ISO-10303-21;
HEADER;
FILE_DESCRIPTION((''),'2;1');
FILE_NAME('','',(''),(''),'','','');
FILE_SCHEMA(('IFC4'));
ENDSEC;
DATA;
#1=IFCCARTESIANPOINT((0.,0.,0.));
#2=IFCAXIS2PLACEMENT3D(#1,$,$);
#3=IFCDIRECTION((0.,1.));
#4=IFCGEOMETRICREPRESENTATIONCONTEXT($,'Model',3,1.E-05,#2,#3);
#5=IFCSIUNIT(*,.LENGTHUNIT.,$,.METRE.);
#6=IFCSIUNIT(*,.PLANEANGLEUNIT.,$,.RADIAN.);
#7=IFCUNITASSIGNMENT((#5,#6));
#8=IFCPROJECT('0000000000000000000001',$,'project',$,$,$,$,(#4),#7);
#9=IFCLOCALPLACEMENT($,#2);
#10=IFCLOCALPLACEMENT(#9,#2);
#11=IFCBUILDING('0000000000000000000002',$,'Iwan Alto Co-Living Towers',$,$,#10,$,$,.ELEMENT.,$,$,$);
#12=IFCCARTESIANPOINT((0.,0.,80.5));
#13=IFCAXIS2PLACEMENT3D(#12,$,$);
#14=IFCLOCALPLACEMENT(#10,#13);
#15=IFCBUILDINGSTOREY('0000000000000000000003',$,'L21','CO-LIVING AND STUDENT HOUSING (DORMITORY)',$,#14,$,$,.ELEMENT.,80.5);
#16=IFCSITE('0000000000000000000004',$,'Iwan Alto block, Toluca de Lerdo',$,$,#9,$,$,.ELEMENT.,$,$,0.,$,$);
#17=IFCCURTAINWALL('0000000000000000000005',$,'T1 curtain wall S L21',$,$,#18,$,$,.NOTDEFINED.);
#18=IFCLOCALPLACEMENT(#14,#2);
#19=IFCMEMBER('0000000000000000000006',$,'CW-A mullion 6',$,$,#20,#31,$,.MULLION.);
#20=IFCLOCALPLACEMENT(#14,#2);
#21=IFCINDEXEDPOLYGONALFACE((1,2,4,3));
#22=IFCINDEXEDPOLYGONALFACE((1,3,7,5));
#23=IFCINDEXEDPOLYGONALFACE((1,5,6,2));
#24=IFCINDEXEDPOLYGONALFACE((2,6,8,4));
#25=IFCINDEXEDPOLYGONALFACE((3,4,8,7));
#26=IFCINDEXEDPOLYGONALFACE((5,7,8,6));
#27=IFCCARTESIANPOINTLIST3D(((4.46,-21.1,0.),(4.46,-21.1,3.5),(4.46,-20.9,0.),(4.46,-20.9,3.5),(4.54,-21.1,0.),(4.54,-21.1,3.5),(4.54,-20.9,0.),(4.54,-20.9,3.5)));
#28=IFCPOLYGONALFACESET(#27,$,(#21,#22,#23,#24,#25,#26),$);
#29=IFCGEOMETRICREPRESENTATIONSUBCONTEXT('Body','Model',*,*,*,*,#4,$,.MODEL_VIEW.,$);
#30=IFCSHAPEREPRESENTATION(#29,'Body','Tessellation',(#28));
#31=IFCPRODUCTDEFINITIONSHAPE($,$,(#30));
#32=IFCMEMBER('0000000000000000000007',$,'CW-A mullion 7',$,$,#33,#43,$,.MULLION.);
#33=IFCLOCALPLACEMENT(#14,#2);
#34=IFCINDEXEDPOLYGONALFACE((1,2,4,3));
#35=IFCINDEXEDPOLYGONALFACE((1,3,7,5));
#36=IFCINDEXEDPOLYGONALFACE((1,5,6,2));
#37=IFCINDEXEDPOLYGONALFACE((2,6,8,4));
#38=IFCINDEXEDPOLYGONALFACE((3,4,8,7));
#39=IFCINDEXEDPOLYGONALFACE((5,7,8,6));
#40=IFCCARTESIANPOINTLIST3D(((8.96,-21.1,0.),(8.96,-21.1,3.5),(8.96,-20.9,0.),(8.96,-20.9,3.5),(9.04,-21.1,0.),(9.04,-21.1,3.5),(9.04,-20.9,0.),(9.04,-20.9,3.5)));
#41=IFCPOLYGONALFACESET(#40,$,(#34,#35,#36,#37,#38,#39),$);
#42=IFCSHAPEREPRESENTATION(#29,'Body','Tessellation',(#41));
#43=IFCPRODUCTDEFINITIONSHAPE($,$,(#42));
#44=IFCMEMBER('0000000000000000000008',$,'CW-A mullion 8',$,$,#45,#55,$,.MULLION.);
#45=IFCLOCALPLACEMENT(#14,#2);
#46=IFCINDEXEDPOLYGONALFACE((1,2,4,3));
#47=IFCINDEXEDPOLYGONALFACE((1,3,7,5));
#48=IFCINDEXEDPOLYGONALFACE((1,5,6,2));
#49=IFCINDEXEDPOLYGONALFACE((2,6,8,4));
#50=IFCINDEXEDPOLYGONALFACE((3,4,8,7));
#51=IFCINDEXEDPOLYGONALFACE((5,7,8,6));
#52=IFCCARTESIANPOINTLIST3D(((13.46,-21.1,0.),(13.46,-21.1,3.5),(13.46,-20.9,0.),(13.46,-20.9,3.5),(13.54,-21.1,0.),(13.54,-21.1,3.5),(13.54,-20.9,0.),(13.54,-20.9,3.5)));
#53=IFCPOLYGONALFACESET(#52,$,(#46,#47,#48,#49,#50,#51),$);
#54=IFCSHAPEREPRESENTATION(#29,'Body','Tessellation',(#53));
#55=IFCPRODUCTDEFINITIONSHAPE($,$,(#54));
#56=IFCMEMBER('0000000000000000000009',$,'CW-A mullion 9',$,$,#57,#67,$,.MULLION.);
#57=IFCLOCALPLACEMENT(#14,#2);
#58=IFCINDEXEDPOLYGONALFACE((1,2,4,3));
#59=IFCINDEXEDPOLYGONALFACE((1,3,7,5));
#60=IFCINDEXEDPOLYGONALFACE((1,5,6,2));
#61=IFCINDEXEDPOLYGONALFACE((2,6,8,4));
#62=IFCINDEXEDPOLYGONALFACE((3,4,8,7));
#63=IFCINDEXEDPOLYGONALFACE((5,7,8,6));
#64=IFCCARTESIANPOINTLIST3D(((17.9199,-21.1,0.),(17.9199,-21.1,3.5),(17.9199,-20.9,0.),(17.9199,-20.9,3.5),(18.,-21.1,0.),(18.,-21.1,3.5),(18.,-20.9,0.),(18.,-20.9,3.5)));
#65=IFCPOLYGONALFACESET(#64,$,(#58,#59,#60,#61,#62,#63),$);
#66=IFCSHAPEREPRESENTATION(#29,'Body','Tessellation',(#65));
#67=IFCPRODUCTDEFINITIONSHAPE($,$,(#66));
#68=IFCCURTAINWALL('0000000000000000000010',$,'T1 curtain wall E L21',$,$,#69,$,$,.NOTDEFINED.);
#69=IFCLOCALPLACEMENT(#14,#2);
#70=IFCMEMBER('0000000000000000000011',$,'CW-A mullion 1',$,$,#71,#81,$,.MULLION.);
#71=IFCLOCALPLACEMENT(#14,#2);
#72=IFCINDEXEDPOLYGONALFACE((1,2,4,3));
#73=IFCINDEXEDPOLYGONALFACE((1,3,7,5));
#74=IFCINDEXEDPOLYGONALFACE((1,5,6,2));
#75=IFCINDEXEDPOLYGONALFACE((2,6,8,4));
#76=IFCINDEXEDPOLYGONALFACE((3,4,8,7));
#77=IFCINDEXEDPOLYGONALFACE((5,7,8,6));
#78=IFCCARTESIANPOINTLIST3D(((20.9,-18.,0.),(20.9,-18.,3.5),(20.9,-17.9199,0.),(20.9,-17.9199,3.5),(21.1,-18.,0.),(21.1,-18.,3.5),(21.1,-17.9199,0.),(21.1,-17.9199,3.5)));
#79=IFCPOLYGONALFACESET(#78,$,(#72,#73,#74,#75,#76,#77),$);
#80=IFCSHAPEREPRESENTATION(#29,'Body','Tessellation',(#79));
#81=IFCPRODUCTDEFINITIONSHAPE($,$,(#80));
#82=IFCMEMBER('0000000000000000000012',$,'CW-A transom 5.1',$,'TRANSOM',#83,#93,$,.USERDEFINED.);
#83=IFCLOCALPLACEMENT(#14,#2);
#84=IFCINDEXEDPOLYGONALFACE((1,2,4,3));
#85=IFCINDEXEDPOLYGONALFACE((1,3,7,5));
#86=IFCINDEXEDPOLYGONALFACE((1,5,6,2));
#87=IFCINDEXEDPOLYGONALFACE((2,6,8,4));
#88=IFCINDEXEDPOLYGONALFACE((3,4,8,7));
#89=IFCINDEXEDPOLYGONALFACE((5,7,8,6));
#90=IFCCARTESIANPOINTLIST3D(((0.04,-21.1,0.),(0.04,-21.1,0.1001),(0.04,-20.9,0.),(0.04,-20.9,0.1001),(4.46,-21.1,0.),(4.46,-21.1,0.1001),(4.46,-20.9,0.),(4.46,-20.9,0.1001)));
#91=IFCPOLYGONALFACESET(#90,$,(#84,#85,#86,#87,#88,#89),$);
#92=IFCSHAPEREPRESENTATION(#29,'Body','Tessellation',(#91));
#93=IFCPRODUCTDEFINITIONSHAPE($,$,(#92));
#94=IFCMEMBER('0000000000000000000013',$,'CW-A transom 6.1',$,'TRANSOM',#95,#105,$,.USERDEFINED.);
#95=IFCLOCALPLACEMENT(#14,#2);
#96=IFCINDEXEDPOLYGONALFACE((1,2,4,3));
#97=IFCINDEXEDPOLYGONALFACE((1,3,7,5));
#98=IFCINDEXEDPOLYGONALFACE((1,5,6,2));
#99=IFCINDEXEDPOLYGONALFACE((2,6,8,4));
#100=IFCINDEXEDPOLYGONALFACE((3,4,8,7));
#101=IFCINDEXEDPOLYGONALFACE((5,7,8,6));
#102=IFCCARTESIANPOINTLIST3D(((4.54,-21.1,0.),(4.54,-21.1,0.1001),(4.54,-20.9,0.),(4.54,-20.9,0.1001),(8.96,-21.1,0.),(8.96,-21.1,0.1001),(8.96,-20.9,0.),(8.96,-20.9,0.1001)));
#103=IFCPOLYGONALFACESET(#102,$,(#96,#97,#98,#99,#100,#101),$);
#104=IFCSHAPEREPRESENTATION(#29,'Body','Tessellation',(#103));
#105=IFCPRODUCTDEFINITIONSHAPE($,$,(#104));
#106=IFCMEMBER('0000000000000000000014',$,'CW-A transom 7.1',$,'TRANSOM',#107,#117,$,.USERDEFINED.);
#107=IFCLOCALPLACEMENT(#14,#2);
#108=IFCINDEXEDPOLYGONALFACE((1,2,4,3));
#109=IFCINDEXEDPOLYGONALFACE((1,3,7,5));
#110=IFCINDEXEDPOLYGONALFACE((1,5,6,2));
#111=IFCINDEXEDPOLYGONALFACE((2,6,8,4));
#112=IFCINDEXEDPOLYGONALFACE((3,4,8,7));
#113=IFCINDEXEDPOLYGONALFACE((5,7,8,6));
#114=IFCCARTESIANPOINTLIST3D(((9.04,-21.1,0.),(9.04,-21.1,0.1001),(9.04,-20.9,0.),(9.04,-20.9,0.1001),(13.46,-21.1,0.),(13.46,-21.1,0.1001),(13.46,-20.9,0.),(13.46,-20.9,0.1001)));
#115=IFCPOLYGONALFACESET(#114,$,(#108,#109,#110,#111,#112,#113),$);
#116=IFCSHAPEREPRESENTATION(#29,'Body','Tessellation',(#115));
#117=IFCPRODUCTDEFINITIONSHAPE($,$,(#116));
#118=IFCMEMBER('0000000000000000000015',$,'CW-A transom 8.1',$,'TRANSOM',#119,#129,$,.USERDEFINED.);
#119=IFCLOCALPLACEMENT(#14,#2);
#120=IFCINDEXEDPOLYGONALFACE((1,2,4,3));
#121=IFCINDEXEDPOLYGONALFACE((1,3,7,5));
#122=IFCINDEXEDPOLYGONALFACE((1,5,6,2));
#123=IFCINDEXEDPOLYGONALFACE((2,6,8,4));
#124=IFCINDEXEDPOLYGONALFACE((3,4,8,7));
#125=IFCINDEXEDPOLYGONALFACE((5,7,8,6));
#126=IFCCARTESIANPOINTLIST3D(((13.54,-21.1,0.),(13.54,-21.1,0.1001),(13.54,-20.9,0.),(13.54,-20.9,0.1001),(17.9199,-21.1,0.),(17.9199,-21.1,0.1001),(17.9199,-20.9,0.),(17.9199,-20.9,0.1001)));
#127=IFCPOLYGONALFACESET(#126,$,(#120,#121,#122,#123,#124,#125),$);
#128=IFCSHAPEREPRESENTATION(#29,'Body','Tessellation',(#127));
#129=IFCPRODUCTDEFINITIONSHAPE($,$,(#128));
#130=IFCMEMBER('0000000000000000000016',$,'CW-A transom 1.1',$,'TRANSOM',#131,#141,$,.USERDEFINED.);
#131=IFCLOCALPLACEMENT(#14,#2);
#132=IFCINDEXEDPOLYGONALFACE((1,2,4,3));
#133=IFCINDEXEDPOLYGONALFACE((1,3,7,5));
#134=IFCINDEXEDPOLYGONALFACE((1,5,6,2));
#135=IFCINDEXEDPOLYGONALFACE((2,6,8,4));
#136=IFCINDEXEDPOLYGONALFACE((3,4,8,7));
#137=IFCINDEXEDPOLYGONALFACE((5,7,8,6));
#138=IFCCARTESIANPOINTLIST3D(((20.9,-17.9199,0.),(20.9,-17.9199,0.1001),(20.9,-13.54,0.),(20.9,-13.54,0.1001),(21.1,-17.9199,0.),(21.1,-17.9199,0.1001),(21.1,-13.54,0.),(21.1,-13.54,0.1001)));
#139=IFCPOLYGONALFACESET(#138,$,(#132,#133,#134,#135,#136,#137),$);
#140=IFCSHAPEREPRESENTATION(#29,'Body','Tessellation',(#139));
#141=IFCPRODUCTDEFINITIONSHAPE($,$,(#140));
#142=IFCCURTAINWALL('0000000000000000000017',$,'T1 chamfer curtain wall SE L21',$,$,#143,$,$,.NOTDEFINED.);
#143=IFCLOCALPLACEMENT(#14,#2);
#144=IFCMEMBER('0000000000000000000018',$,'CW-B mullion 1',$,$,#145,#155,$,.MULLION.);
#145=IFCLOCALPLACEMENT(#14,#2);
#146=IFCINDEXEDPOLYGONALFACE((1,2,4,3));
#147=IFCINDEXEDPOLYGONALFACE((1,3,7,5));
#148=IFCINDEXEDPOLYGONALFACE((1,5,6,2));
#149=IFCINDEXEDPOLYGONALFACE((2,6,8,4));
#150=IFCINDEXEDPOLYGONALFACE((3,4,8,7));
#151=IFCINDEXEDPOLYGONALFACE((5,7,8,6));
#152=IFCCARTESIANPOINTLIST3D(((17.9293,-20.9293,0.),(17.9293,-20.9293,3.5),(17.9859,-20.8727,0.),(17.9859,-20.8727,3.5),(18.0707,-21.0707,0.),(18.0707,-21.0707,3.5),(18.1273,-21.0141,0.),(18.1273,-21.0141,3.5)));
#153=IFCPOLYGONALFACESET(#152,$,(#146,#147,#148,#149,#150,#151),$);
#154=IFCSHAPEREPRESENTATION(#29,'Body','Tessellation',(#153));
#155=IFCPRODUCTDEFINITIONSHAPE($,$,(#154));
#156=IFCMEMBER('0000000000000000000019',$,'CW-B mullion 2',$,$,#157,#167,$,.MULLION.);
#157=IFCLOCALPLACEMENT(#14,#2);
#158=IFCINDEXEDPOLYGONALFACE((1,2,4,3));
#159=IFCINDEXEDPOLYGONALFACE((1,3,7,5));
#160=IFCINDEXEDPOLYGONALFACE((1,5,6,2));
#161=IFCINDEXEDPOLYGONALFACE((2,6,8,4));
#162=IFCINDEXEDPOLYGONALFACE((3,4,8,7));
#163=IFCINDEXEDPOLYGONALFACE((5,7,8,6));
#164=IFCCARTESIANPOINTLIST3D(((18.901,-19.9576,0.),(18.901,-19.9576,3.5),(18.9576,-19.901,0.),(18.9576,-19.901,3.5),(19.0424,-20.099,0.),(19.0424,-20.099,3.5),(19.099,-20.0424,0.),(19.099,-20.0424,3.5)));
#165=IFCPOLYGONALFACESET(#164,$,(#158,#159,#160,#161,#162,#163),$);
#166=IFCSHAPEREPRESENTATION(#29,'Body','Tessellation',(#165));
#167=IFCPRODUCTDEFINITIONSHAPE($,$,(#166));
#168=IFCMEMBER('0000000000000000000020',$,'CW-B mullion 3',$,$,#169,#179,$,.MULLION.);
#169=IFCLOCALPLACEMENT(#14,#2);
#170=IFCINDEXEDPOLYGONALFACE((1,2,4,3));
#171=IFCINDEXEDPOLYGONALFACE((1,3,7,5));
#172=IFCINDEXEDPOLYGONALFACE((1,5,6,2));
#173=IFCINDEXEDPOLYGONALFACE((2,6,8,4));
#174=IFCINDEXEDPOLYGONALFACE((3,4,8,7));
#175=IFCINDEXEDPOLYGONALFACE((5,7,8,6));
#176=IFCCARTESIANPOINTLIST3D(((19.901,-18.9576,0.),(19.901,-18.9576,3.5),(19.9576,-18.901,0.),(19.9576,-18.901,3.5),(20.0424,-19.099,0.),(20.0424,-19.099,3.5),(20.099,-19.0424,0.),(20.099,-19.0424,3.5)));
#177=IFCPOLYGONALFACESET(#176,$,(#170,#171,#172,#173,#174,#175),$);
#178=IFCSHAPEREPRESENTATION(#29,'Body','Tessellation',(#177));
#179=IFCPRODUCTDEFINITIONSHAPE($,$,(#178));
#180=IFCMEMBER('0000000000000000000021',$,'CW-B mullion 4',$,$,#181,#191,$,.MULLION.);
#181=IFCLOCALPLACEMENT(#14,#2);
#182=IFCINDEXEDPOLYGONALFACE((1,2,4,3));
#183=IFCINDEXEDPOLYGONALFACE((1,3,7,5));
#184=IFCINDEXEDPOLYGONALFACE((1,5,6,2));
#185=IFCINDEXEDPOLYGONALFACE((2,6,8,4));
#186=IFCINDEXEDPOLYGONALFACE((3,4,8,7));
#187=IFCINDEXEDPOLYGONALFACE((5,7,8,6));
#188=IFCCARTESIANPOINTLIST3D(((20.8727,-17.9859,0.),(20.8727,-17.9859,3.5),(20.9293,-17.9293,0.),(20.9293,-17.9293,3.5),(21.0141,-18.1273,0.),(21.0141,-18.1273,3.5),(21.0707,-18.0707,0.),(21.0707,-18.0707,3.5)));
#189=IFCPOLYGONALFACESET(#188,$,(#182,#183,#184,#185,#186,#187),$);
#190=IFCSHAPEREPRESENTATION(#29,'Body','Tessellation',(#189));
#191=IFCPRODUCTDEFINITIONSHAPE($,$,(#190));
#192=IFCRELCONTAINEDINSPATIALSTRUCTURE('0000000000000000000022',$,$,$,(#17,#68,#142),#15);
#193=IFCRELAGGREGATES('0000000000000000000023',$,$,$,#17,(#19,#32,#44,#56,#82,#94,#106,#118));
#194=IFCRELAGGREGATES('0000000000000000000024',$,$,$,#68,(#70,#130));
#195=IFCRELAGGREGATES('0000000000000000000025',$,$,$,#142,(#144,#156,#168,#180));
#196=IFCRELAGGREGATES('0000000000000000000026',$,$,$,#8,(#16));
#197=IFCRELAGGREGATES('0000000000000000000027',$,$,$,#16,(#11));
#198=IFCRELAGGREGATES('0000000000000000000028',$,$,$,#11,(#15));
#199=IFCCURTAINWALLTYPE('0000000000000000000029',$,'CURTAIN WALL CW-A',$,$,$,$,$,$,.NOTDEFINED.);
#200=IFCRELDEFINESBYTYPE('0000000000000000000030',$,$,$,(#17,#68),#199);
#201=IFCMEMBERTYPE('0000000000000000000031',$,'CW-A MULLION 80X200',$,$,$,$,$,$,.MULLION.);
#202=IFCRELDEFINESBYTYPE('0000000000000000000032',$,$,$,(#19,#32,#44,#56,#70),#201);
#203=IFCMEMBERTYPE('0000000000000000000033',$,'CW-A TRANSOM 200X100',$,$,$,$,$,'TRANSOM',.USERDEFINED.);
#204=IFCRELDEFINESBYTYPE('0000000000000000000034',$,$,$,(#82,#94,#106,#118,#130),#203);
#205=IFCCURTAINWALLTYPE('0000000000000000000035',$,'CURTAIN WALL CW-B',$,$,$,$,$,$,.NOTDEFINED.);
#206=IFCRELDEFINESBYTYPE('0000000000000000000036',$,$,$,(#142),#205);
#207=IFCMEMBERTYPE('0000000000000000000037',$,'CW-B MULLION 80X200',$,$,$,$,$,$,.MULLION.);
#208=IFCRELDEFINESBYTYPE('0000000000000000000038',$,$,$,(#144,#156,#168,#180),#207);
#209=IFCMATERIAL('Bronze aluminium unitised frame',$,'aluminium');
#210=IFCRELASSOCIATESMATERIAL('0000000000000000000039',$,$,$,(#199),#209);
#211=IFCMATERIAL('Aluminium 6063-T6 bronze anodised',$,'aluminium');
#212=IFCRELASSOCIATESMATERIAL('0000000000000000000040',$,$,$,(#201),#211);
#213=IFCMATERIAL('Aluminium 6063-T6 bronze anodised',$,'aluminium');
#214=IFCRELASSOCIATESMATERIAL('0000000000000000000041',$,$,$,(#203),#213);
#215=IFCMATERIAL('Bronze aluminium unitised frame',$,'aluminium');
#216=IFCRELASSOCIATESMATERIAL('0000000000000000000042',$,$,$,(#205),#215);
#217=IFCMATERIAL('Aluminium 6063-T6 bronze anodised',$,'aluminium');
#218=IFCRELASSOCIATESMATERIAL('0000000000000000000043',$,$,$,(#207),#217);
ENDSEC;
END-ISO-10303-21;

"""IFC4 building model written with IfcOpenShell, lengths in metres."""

from ifc_helpers import new_model, si_unit, direction, frame, origin, origin_2d, place, context, subcontext, project, spatial, rectangle, extrude, material, material_profile, profile_set, type_object, element, aggregate, save


model = new_model("IFC4")

# Units and contexts
model_context = context("Model", 3, precision=1e-05, world=origin(), true_north=direction((0.0, 1.0)))
body_context = subcontext(model_context, "Body", "Model", "MODEL_VIEW")
ifc_project = project(units=[si_unit("LENGTHUNIT", "METRE"), si_unit("PLANEANGLEUNIT", "RADIAN")], contexts=[model_context])

# Site, building, storey
site_placement = place(None, origin())
site = spatial("IfcSite", under=ifc_project, at=site_placement, Name="Iwan Alto block, Toluca de Lerdo", CompositionType="ELEMENT", RefElevation=0.0)
building_placement = place(site_placement, origin())
building = spatial("IfcBuilding", under=site, at=building_placement, Name="Iwan Alto Co-Living Towers", CompositionType="ELEMENT")
storey_placement = place(building_placement, frame((0.0, 0.0, 80.5)))
storey = spatial("IfcBuildingStorey", under=building, at=storey_placement, Name="L21", Description="CO-LIVING AND STUDENT HOUSING (DORMITORY)", CompositionType="ELEMENT", Elevation=80.5)

# Curtain wall, members
ifc_material_1 = material(Name="Bronze aluminium unitised frame", Category="aluminium")
curtain_wall_type_1 = type_object("IfcCurtainWallType", Name="CURTAIN WALL CW-A", PredefinedType="NOTDEFINED", material=ifc_material_1)
curtain_wall_1_placement = place(storey_placement, origin())
curtain_wall_1 = element("IfcCurtainWall", 1, at=curtain_wall_1_placement, inside=storey, type_object=curtain_wall_type_1, Name="T1 curtain wall S L21", PredefinedType="NOTDEFINED")
ifc_material_2 = material(Name="Aluminium 6063-T6 bronze anodised", Category="aluminium")
ifc_material_profile_1 = material_profile(ifc_material_2, rectangle(XDim=0.2, YDim=0.0801, at=origin_2d()), Name="AL 80X200")
ifc_profile_set_1 = profile_set([ifc_material_profile_1], Name="Aluminium 6063-T6 bronze anodised")
member_type_1 = type_object("IfcMemberType", Name="CW-A MULLION 80X200", PredefinedType="MULLION", material=ifc_profile_set_1)
member_1_placement = place(storey_placement, frame((4.5, -21.0, 0.0), z_axis=(0.0, 0.0, 1.0), x_axis=(0.0, 1.0, 0.0)))
member_1 = element("IfcMember", 2, at=member_1_placement, type_object=member_type_1, Name="CW-A mullion 6", PredefinedType="MULLION", context=body_context, shape_type="SweptSolid", body=[
    extrude(rectangle(XDim=0.2, YDim=0.0801, at=origin_2d()), origin(), (0.0, 0.0, 1.0), 3.5),
])
member_2_placement = place(storey_placement, frame((9.0, -21.0, 0.0), z_axis=(0.0, 0.0, 1.0), x_axis=(0.0, 1.0, 0.0)))
member_2 = element("IfcMember", 3, at=member_2_placement, type_object=member_type_1, Name="CW-A mullion 7", PredefinedType="MULLION", context=body_context, shape_type="SweptSolid", body=[
    extrude(rectangle(XDim=0.2, YDim=0.0801, at=origin_2d()), origin(), (0.0, 0.0, 1.0), 3.5),
])
member_3_placement = place(storey_placement, frame((13.5, -21.0, 0.0), z_axis=(0.0, 0.0, 1.0), x_axis=(0.0, 1.0, 0.0)))
member_3 = element("IfcMember", 4, at=member_3_placement, type_object=member_type_1, Name="CW-A mullion 8", PredefinedType="MULLION", context=body_context, shape_type="SweptSolid", body=[
    extrude(rectangle(XDim=0.2, YDim=0.0801, at=origin_2d()), origin(), (0.0, 0.0, 1.0), 3.5),
])
member_4_placement = place(storey_placement, frame((17.96, -21.0, 0.0), z_axis=(0.0, 0.0, 1.0), x_axis=(0.0, 1.0, 0.0)))
member_4 = element("IfcMember", 5, at=member_4_placement, type_object=member_type_1, Name="CW-A mullion 9", PredefinedType="MULLION", context=body_context, shape_type="SweptSolid", body=[
    extrude(rectangle(XDim=0.2, YDim=0.0801, at=origin_2d()), origin(), (0.0, 0.0, 1.0), 3.5),
])

# Curtain wall, member
curtain_wall_2_placement = place(storey_placement, origin())
curtain_wall_2 = element("IfcCurtainWall", 6, at=curtain_wall_2_placement, inside=storey, type_object=curtain_wall_type_1, Name="T1 curtain wall E L21", PredefinedType="NOTDEFINED")
member_5_placement = place(storey_placement, frame((21.0, -17.96, 0.0), z_axis=(0.0, 0.0, 1.0), x_axis=(-1.0, 0.0, 0.0)))
member_5 = element("IfcMember", 7, at=member_5_placement, type_object=member_type_1, Name="CW-A mullion 1", PredefinedType="MULLION", context=body_context, shape_type="SweptSolid", body=[
    extrude(rectangle(XDim=0.2, YDim=0.0801, at=origin_2d()), origin(), (0.0, 0.0, 1.0), 3.5),
])

# Members
ifc_material_3 = material(Name="Aluminium 6063-T6 bronze anodised", Category="aluminium")
ifc_material_profile_2 = material_profile(ifc_material_3, rectangle(XDim=0.2, YDim=0.1001, at=origin_2d()), Name="AL 200X100")
ifc_profile_set_2 = profile_set([ifc_material_profile_2], Name="Aluminium 6063-T6 bronze anodised")
member_type_2 = type_object("IfcMemberType", Name="CW-A TRANSOM 200X100", ElementType="TRANSOM", PredefinedType="USERDEFINED", material=ifc_profile_set_2)
member_6_placement = place(storey_placement, frame((0.04, -21.0, 0.05), z_axis=(1.0, 0.0, 0.0), x_axis=(0.0, 1.0, 0.0)))
member_6 = element("IfcMember", 8, at=member_6_placement, type_object=member_type_2, Name="CW-A transom 5.1", ObjectType="TRANSOM", PredefinedType="USERDEFINED", context=body_context, shape_type="SweptSolid", body=[
    extrude(rectangle(XDim=0.2, YDim=0.1001, at=origin_2d()), origin(), (0.0, 0.0, 1.0), 4.4199),
])
member_7_placement = place(storey_placement, frame((4.54, -21.0, 0.05), z_axis=(1.0, 0.0, 0.0), x_axis=(0.0, 1.0, 0.0)))
member_7 = element("IfcMember", 9, at=member_7_placement, type_object=member_type_2, Name="CW-A transom 6.1", ObjectType="TRANSOM", PredefinedType="USERDEFINED", context=body_context, shape_type="SweptSolid", body=[
    extrude(rectangle(XDim=0.2, YDim=0.1001, at=origin_2d()), origin(), (0.0, 0.0, 1.0), 4.4199),
])
member_8_placement = place(storey_placement, frame((9.04, -21.0, 0.05), z_axis=(1.0, 0.0, 0.0), x_axis=(0.0, 1.0, 0.0)))
member_8 = element("IfcMember", 10, at=member_8_placement, type_object=member_type_2, Name="CW-A transom 7.1", ObjectType="TRANSOM", PredefinedType="USERDEFINED", context=body_context, shape_type="SweptSolid", body=[
    extrude(rectangle(XDim=0.2, YDim=0.1001, at=origin_2d()), origin(), (0.0, 0.0, 1.0), 4.4199),
])
member_9_placement = place(storey_placement, frame((13.54, -21.0, 0.05), z_axis=(1.0, 0.0, 0.0), x_axis=(0.0, 1.0, 0.0)))
member_9 = element("IfcMember", 11, at=member_9_placement, type_object=member_type_2, Name="CW-A transom 8.1", ObjectType="TRANSOM", PredefinedType="USERDEFINED", context=body_context, shape_type="SweptSolid", body=[
    extrude(rectangle(XDim=0.2, YDim=0.1001, at=origin_2d()), origin(), (0.0, 0.0, 1.0), 4.3799),
])
member_10_placement = place(storey_placement, frame((21.0, -17.9199, 0.05), z_axis=(0.0, 1.0, 0.0), x_axis=(-1.0, 0.0, 0.0)))
member_10 = element("IfcMember", 12, at=member_10_placement, type_object=member_type_2, Name="CW-A transom 1.1", ObjectType="TRANSOM", PredefinedType="USERDEFINED", context=body_context, shape_type="SweptSolid", body=[
    extrude(rectangle(XDim=0.2, YDim=0.1001, at=origin_2d()), origin(), (0.0, 0.0, 1.0), 4.3799),
])

# Curtain wall, members
ifc_material_4 = material(Name="Bronze aluminium unitised frame", Category="aluminium")
curtain_wall_type_2 = type_object("IfcCurtainWallType", Name="CURTAIN WALL CW-B", PredefinedType="NOTDEFINED", material=ifc_material_4)
curtain_wall_3_placement = place(storey_placement, origin())
curtain_wall_3 = element("IfcCurtainWall", 13, at=curtain_wall_3_placement, inside=storey, type_object=curtain_wall_type_2, Name="T1 chamfer curtain wall SE L21", PredefinedType="NOTDEFINED")
ifc_material_5 = material(Name="Aluminium 6063-T6 bronze anodised", Category="aluminium")
ifc_material_profile_3 = material_profile(ifc_material_5, rectangle(XDim=0.2, YDim=0.0801, at=origin_2d()), Name="AL 80X200")
ifc_profile_set_3 = profile_set([ifc_material_profile_3], Name="Aluminium 6063-T6 bronze anodised")
member_type_3 = type_object("IfcMemberType", Name="CW-B MULLION 80X200", PredefinedType="MULLION", material=ifc_profile_set_3)
member_11_placement = place(storey_placement, frame((18.0283, -20.9717, 0.0), z_axis=(0.0, 0.0, 1.0), x_axis=(-0.707107, 0.707107, 0.0)))
member_11 = element("IfcMember", 14, at=member_11_placement, type_object=member_type_3, Name="CW-B mullion 1", PredefinedType="MULLION", context=body_context, shape_type="SweptSolid", body=[
    extrude(rectangle(XDim=0.2, YDim=0.0801, at=origin_2d()), origin(), (0.0, 0.0, 1.0), 3.5),
])
member_12_placement = place(storey_placement, frame((19.0, -20.0, 0.0), z_axis=(0.0, 0.0, 1.0), x_axis=(-0.707107, 0.707107, 0.0)))
member_12 = element("IfcMember", 15, at=member_12_placement, type_object=member_type_3, Name="CW-B mullion 2", PredefinedType="MULLION", context=body_context, shape_type="SweptSolid", body=[
    extrude(rectangle(XDim=0.2, YDim=0.0801, at=origin_2d()), origin(), (0.0, 0.0, 1.0), 3.5),
])
member_13_placement = place(storey_placement, frame((20.0, -19.0, 0.0), z_axis=(0.0, 0.0, 1.0), x_axis=(-0.707107, 0.707107, 0.0)))
member_13 = element("IfcMember", 16, at=member_13_placement, type_object=member_type_3, Name="CW-B mullion 3", PredefinedType="MULLION", context=body_context, shape_type="SweptSolid", body=[
    extrude(rectangle(XDim=0.2, YDim=0.0801, at=origin_2d()), origin(), (0.0, 0.0, 1.0), 3.5),
])
member_14_placement = place(storey_placement, frame((20.9717, -18.0283, 0.0), z_axis=(0.0, 0.0, 1.0), x_axis=(-0.707107, 0.707107, 0.0)))
member_14 = element("IfcMember", 17, at=member_14_placement, type_object=member_type_3, Name="CW-B mullion 4", PredefinedType="MULLION", context=body_context, shape_type="SweptSolid", body=[
    extrude(rectangle(XDim=0.2, YDim=0.0801, at=origin_2d()), origin(), (0.0, 0.0, 1.0), 3.5),
])

aggregate(curtain_wall_1, [member_1, member_2, member_3, member_4, member_6, member_7, member_8, member_9])
aggregate(curtain_wall_2, [member_5, member_10])
aggregate(curtain_wall_3, [member_11, member_12, member_13, member_14])

save(model, "model.ifc")
